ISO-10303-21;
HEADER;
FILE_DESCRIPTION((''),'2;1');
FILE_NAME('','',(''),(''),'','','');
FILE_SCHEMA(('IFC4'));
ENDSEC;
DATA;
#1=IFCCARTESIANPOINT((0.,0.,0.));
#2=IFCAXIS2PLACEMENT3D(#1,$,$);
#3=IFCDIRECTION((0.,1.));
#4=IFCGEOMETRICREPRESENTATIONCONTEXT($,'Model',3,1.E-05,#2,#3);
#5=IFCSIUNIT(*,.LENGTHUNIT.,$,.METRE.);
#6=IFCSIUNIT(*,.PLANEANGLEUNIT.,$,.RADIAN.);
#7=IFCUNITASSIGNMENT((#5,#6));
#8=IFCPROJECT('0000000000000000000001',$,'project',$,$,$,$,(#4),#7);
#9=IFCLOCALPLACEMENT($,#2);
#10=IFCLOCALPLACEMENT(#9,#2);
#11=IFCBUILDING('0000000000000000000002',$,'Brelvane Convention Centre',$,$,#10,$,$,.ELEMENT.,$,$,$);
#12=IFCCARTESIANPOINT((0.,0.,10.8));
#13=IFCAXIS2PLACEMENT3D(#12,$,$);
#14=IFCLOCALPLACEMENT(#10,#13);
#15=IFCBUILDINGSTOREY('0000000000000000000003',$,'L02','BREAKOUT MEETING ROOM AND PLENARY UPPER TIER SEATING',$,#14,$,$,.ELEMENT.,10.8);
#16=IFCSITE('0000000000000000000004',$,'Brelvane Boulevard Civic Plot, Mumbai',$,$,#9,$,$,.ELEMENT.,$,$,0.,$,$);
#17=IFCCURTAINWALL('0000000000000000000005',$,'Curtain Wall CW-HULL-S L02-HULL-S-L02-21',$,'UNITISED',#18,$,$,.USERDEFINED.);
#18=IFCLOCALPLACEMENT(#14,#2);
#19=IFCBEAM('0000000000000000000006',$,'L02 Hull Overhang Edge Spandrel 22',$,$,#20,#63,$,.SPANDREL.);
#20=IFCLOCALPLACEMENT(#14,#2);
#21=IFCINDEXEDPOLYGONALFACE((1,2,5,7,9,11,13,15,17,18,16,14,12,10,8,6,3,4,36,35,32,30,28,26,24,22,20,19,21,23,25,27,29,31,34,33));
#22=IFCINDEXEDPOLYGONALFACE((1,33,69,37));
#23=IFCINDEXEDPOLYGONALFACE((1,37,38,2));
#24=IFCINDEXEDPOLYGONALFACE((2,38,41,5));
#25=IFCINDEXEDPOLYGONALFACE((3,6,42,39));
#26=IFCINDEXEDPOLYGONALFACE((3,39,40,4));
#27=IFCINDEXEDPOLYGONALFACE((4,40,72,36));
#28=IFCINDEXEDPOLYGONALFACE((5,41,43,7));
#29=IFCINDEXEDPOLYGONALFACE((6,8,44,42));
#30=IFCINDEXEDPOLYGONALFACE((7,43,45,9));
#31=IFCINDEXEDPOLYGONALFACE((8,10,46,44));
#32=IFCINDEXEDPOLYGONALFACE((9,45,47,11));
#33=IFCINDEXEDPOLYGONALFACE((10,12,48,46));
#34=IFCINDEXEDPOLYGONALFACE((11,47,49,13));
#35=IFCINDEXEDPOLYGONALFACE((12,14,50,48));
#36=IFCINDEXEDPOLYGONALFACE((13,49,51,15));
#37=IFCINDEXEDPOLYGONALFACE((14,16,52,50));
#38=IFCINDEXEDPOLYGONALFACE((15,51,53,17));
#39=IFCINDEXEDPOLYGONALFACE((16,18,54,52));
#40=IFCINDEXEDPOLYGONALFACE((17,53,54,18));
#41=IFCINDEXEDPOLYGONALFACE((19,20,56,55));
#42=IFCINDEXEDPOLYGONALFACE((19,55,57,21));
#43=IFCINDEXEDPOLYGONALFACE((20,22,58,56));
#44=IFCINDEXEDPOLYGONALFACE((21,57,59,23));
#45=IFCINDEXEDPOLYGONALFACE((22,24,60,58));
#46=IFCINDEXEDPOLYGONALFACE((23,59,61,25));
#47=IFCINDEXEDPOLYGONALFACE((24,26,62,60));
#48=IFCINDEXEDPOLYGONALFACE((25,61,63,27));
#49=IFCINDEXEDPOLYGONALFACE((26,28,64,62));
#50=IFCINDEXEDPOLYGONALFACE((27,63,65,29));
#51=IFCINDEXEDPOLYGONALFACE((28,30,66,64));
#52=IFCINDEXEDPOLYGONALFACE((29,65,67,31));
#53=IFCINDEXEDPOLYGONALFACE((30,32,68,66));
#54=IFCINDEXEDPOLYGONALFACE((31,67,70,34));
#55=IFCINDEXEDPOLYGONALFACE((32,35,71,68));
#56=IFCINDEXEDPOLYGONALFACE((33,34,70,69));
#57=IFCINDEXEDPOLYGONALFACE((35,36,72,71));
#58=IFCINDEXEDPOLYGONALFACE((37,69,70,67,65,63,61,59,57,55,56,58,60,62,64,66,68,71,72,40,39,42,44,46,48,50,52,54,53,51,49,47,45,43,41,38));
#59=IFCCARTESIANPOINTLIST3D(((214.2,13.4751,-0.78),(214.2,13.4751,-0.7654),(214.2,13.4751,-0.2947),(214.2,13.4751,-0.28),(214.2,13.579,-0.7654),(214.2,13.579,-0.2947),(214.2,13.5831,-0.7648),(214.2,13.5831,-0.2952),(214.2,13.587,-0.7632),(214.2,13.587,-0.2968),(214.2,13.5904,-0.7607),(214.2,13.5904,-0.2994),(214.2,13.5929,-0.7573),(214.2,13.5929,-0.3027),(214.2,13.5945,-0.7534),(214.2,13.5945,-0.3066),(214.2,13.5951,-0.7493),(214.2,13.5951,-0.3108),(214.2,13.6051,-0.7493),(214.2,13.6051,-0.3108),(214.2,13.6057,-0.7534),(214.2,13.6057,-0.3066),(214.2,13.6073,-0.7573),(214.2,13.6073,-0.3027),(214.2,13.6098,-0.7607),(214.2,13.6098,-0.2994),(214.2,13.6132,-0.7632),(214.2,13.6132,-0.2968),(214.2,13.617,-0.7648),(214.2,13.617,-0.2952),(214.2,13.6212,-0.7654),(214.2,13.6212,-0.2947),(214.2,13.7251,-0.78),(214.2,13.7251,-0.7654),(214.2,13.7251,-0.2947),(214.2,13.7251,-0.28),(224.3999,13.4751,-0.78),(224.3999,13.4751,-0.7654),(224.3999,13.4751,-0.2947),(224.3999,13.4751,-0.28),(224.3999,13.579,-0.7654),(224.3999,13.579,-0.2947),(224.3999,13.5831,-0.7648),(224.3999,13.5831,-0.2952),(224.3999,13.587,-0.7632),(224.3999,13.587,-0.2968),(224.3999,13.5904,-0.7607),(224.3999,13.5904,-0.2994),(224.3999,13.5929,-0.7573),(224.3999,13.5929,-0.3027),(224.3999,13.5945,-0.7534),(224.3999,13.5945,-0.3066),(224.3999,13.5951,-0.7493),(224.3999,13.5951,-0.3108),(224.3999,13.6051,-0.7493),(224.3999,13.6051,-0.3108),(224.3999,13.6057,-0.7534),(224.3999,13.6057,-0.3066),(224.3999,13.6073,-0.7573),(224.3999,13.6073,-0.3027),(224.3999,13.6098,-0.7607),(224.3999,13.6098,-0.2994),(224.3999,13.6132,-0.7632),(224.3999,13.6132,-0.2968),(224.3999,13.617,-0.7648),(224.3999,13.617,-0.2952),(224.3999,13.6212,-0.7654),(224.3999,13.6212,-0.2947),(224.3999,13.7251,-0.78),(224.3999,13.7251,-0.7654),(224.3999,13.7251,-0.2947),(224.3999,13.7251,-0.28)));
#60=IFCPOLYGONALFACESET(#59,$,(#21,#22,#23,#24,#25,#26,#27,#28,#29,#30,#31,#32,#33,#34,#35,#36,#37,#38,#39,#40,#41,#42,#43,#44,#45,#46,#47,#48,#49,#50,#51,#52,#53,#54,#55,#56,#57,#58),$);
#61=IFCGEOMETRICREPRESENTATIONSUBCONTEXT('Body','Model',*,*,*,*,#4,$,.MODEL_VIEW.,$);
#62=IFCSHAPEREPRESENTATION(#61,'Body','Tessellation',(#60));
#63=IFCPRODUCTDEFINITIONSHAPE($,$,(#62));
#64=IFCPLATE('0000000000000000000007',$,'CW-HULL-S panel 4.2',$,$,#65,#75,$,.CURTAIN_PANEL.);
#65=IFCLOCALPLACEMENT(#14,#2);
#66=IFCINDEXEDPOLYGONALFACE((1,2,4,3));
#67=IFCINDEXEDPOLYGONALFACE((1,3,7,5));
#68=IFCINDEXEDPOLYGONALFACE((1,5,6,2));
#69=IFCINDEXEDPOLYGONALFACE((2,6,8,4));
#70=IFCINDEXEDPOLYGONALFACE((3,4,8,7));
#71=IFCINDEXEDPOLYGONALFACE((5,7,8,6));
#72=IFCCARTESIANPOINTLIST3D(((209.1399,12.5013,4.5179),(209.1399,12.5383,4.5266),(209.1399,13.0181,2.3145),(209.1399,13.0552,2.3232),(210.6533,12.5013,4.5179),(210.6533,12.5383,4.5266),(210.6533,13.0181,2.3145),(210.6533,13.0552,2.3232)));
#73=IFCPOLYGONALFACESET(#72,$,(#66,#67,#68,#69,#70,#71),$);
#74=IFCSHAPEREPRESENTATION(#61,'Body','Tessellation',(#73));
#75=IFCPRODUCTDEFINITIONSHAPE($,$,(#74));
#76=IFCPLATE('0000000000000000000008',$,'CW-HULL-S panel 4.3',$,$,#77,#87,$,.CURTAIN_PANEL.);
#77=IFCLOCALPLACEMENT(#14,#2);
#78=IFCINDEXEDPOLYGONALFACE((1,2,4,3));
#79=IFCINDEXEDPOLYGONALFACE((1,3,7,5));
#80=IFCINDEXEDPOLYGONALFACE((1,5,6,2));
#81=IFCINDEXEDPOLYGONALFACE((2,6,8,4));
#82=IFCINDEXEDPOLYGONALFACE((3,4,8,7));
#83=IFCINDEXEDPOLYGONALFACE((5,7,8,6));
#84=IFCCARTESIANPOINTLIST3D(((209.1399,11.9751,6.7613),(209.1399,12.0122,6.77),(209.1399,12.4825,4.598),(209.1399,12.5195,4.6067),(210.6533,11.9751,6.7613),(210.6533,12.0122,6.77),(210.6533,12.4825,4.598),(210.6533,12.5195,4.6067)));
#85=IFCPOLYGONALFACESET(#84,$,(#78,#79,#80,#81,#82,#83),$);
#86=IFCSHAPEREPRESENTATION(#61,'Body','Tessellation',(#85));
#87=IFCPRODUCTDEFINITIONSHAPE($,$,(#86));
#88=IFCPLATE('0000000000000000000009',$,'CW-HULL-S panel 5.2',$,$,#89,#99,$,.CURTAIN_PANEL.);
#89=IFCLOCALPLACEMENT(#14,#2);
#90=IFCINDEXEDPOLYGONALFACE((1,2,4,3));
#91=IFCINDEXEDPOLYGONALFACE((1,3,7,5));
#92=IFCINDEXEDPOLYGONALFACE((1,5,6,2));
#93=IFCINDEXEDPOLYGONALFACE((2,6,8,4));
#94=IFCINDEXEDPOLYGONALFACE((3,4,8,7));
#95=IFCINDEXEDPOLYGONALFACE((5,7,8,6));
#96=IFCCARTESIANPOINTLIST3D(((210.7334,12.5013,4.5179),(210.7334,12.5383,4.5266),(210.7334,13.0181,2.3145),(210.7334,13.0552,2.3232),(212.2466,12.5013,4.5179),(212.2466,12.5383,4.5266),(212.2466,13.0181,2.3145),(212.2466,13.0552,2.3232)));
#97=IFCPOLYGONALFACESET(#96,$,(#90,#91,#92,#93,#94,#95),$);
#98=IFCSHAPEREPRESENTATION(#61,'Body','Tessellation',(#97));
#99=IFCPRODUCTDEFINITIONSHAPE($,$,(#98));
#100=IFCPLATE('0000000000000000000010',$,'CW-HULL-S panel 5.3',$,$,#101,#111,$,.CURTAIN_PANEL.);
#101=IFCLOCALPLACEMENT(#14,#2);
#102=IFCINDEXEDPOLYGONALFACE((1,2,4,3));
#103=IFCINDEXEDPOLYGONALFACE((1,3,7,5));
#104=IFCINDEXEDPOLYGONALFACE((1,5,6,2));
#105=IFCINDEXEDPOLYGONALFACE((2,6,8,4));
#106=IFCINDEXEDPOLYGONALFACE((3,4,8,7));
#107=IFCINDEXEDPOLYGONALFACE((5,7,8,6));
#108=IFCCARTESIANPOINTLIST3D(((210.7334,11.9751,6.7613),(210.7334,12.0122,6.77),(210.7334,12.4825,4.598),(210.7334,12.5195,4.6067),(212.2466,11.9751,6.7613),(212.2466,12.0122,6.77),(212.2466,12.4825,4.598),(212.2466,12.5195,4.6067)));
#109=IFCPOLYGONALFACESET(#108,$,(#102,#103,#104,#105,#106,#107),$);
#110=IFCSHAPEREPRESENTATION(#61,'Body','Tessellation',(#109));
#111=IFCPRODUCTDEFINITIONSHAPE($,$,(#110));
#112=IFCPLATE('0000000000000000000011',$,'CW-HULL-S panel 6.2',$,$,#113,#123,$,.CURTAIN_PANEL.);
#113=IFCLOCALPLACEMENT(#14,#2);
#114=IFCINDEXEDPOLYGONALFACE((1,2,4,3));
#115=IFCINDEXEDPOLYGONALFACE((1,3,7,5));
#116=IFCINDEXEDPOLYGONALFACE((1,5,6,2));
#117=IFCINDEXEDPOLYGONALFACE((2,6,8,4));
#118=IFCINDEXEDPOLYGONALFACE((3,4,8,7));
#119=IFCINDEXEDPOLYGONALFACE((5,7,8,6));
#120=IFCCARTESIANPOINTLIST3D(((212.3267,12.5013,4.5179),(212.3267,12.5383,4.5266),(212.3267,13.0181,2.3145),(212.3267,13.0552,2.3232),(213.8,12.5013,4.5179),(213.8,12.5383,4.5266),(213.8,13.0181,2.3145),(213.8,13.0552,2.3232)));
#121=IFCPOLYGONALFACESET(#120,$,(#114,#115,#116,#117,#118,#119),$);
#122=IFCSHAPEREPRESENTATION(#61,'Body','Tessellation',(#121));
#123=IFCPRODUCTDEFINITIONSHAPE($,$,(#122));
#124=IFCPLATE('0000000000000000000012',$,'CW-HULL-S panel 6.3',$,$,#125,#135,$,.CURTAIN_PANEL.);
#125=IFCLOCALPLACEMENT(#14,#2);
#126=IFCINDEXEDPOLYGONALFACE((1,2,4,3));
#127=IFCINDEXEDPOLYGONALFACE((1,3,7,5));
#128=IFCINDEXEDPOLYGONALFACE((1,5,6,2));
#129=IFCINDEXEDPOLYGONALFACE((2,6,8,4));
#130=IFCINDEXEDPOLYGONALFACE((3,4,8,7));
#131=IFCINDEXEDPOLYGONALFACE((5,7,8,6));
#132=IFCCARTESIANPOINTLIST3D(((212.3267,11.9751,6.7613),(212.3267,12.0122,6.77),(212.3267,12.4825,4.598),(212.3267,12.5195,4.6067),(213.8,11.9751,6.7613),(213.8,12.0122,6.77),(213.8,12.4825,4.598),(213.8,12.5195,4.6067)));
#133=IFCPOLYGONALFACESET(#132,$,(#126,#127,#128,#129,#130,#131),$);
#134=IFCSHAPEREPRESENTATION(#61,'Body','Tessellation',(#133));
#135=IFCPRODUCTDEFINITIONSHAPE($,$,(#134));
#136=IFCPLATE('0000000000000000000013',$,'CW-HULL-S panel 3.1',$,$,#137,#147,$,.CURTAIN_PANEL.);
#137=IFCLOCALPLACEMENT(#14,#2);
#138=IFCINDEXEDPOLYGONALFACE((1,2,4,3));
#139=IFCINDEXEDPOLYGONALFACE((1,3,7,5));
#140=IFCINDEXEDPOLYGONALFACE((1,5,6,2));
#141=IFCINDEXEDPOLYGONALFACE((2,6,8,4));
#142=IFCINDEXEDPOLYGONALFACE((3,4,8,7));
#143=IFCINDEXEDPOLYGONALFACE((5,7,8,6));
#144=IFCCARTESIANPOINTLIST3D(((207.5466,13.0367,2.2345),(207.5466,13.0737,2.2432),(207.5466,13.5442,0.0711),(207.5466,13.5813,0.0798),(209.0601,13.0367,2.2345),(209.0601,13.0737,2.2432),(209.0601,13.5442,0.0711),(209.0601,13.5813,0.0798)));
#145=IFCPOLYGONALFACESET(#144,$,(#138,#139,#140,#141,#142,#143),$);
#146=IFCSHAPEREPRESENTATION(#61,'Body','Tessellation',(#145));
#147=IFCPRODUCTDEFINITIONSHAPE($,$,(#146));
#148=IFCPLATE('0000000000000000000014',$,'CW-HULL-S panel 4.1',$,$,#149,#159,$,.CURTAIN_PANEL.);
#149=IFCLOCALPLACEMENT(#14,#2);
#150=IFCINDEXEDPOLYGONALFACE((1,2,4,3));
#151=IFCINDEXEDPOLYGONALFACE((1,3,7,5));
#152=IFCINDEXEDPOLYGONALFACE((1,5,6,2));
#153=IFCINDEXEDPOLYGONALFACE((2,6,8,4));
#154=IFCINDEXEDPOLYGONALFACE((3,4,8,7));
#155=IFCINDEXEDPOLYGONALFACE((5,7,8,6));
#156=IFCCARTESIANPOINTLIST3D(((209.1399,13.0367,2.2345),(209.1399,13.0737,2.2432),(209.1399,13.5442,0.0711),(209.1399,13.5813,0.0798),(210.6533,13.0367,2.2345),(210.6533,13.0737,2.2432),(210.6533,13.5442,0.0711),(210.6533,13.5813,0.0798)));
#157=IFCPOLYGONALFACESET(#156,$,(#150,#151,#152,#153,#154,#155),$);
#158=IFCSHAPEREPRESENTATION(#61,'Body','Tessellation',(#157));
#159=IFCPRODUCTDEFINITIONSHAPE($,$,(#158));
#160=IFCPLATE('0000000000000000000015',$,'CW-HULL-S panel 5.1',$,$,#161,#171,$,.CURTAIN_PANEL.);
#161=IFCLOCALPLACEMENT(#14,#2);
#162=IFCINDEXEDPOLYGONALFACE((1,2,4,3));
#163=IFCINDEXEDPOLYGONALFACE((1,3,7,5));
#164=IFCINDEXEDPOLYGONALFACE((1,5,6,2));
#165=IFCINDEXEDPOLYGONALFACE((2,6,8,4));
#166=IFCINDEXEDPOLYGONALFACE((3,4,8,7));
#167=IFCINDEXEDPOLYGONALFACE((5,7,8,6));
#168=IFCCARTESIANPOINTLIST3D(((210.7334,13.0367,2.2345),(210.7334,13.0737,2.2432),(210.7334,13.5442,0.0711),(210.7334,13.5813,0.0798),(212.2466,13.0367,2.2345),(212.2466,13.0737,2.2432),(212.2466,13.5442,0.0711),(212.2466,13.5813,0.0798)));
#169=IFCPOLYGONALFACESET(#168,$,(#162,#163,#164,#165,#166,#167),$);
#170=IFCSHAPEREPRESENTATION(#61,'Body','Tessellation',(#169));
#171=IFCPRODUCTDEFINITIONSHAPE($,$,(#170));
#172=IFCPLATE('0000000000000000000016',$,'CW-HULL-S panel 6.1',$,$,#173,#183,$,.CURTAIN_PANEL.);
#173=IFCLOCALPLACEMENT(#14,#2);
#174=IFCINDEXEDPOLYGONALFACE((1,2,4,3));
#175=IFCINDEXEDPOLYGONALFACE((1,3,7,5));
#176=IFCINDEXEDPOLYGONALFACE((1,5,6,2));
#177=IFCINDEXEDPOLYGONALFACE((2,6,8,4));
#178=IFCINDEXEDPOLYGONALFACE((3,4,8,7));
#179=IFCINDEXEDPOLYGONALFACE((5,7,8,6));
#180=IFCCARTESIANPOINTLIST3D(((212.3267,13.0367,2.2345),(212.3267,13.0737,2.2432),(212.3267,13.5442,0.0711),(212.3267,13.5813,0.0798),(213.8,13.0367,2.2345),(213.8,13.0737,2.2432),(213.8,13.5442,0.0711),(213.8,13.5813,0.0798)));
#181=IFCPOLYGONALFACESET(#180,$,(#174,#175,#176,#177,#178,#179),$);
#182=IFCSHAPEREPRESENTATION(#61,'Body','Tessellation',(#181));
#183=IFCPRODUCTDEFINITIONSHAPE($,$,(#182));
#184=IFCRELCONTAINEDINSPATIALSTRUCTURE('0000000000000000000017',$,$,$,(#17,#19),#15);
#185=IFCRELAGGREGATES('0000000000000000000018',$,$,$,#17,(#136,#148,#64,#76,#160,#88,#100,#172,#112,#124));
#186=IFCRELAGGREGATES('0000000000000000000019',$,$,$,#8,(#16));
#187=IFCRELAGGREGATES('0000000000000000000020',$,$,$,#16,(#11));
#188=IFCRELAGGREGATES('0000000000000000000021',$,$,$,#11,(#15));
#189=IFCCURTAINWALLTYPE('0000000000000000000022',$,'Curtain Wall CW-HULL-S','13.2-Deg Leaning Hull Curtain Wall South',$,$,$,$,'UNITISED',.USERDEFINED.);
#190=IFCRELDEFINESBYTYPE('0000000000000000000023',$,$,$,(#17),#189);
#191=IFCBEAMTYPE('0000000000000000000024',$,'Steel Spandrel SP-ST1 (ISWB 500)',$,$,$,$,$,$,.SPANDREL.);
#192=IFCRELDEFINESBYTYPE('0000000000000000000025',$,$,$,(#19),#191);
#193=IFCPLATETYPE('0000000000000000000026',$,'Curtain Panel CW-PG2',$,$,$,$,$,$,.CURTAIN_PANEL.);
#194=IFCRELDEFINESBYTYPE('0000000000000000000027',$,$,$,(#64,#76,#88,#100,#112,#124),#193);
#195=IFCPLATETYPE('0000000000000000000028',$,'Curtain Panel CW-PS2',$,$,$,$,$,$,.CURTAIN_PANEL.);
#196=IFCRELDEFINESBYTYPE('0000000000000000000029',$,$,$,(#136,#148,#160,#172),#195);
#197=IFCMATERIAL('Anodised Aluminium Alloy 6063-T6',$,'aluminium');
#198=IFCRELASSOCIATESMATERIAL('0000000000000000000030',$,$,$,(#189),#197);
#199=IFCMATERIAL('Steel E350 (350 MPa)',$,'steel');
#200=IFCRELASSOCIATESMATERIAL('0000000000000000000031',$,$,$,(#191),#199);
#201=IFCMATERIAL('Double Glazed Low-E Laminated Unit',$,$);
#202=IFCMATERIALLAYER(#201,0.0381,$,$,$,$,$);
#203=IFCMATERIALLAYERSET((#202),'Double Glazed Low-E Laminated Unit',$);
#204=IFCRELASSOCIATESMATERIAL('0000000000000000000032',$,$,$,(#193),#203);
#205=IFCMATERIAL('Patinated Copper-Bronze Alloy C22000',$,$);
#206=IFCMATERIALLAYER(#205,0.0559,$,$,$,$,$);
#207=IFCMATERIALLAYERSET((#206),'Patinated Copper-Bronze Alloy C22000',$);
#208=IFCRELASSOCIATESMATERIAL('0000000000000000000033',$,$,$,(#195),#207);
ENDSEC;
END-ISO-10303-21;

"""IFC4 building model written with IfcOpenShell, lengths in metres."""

from ifc_helpers import new_model, si_unit, direction, frame, origin, origin_2d, place, context, subcontext, project, spatial, polyline, i_section, outline, extrude, material, layer, layer_set, material_profile, profile_set, type_object, element, aggregate, save


model = new_model("IFC4")

# Units and contexts
model_context = context("Model", 3, precision=1e-05, world=origin(), true_north=direction((0.0, 1.0)))
body_context = subcontext(model_context, "Body", "Model", "MODEL_VIEW")
ifc_project = project(units=[si_unit("LENGTHUNIT", "METRE"), si_unit("PLANEANGLEUNIT", "RADIAN")], contexts=[model_context])

# Site, building, storey
site_placement = place(None, origin())
site = spatial("IfcSite", under=ifc_project, at=site_placement, Name="Brelvane Boulevard Civic Plot, Mumbai", CompositionType="ELEMENT", RefElevation=0.0)
building_placement = place(site_placement, origin())
building = spatial("IfcBuilding", under=site, at=building_placement, Name="Brelvane Convention Centre", CompositionType="ELEMENT")
storey_placement = place(building_placement, frame((0.0, 0.0, 10.8)))
storey = spatial("IfcBuildingStorey", under=building, at=storey_placement, Name="L02", Description="BREAKOUT MEETING ROOM AND PLENARY UPPER TIER SEATING", CompositionType="ELEMENT", Elevation=10.8)

# Curtain wall
ifc_material_1 = material(Name="Anodised Aluminium Alloy 6063-T6", Category="aluminium")
curtain_wall_type = type_object("IfcCurtainWallType", Name="Curtain Wall CW-HULL-S", Description="13.2-Deg Leaning Hull Curtain Wall South", ElementType="UNITISED", PredefinedType="USERDEFINED", material=ifc_material_1)
curtain_wall_placement = place(storey_placement, origin())
curtain_wall = element("IfcCurtainWall", 1, at=curtain_wall_placement, inside=storey, type_object=curtain_wall_type, Name="Curtain Wall CW-HULL-S L02-HULL-S-L02-21", ObjectType="UNITISED", PredefinedType="USERDEFINED")

# Beam
ifc_material_2 = material(Name="Steel E350 (350 MPa)", Category="steel")
ifc_material_profile_1 = material_profile(ifc_material_2, i_section(OverallWidth=0.25, OverallDepth=0.5, WebThickness=0.01, FlangeThickness=0.0146, FilletRadius=0.0161, at=origin_2d()), Name="ISWB 500")
ifc_profile_set_1 = profile_set([ifc_material_profile_1], Name="Steel E350 (350 MPa)")
beam_type_1 = type_object("IfcBeamType", Name="Steel Spandrel SP-ST1 (ISWB 500)", PredefinedType="SPANDREL", material=ifc_profile_set_1)
beam_1_placement = place(storey_placement, frame((214.2, 13.6001, -0.53), z_axis=(1.0, 0.0, 0.0), x_axis=(0.0, 1.0, 0.0)))
element("IfcBeam", 2, at=beam_1_placement, inside=storey, type_object=beam_type_1, Name="L02 Hull Overhang Edge Spandrel 22", PredefinedType="SPANDREL", context=body_context, shape_type="SweptSolid", body=[
    extrude(i_section(OverallWidth=0.25, OverallDepth=0.5, WebThickness=0.01, FlangeThickness=0.0146, FilletRadius=0.0161, at=origin_2d()), origin(), (0.0, 0.0, 1.0), 10.2),
])

# Plates
ifc_material_3 = material(Name="Double Glazed Low-E Laminated Unit")
ifc_layer_1 = layer(ifc_material_3, 0.0381)
ifc_layer_set_1 = layer_set([ifc_layer_1], Name="Double Glazed Low-E Laminated Unit")
plate_type_1 = type_object("IfcPlateType", Name="Curtain Panel CW-PG2", PredefinedType="CURTAIN_PANEL", material=ifc_layer_set_1)
plate_1_placement = place(storey_placement, frame((209.1399, 13.0552, 2.3232), z_axis=(0.0, 0.973574, 0.228372), x_axis=(1.0, 0.0, 0.0)))
plate_1 = element("IfcPlate", 3, at=plate_1_placement, type_object=plate_type_1, Name="CW-HULL-S panel 4.2", PredefinedType="CURTAIN_PANEL", context=body_context, shape_type="SweptSolid", body=[
    extrude(outline(polyline([(0.0, 0.0), (1.5134, 0.0), (1.5134, -2.2632), (0.0, -2.2632), (0.0, 0.0)])), origin(), (0.0, 0.0, -1.0), 0.0381),
])
plate_2_placement = place(storey_placement, frame((209.1399, 12.5195, 4.6067), z_axis=(0.0, 0.973587, 0.228317), x_axis=(1.0, 0.0, 0.0)))
plate_2 = element("IfcPlate", 4, at=plate_2_placement, type_object=plate_type_1, Name="CW-HULL-S panel 4.3", PredefinedType="CURTAIN_PANEL", context=body_context, shape_type="SweptSolid", body=[
    extrude(outline(polyline([(0.0, 0.0), (1.5134, 0.0), (1.5134, -2.222), (0.0, -2.222), (0.0, 0.0)])), origin(), (0.0, 0.0, -1.0), 0.0381),
])
plate_3_placement = place(storey_placement, frame((210.7334, 13.0552, 2.3232), z_axis=(0.0, 0.973574, 0.228372), x_axis=(1.0, 0.0, 0.0)))
plate_3 = element("IfcPlate", 5, at=plate_3_placement, type_object=plate_type_1, Name="CW-HULL-S panel 5.2", PredefinedType="CURTAIN_PANEL", context=body_context, shape_type="SweptSolid", body=[
    extrude(outline(polyline([(0.0, 0.0), (1.5132, 0.0), (1.5132, -2.2632), (0.0, -2.2632), (0.0, 0.0)])), origin(), (0.0, 0.0, -1.0), 0.0381),
])
plate_4_placement = place(storey_placement, frame((210.7334, 12.5195, 4.6067), z_axis=(0.0, 0.973587, 0.228317), x_axis=(1.0, 0.0, 0.0)))
plate_4 = element("IfcPlate", 6, at=plate_4_placement, type_object=plate_type_1, Name="CW-HULL-S panel 5.3", PredefinedType="CURTAIN_PANEL", context=body_context, shape_type="SweptSolid", body=[
    extrude(outline(polyline([(0.0, 0.0), (1.5132, 0.0), (1.5132, -2.222), (0.0, -2.222), (0.0, 0.0)])), origin(), (0.0, 0.0, -1.0), 0.0381),
])
plate_5_placement = place(storey_placement, frame((212.3267, 13.0552, 2.3232), z_axis=(0.0, 0.973574, 0.228372), x_axis=(1.0, 0.0, 0.0)))
plate_5 = element("IfcPlate", 7, at=plate_5_placement, type_object=plate_type_1, Name="CW-HULL-S panel 6.2", PredefinedType="CURTAIN_PANEL", context=body_context, shape_type="SweptSolid", body=[
    extrude(outline(polyline([(0.0, 0.0), (1.4734, 0.0), (1.4734, -2.2632), (0.0, -2.2632), (0.0, 0.0)])), origin(), (0.0, 0.0, -1.0), 0.0381),
])
plate_6_placement = place(storey_placement, frame((212.3267, 12.5195, 4.6067), z_axis=(0.0, 0.973587, 0.228317), x_axis=(1.0, 0.0, 0.0)))
plate_6 = element("IfcPlate", 8, at=plate_6_placement, type_object=plate_type_1, Name="CW-HULL-S panel 6.3", PredefinedType="CURTAIN_PANEL", context=body_context, shape_type="SweptSolid", body=[
    extrude(outline(polyline([(0.0, 0.0), (1.4734, 0.0), (1.4734, -2.222), (0.0, -2.222), (0.0, 0.0)])), origin(), (0.0, 0.0, -1.0), 0.0381),
])
ifc_material_4 = material(Name="Patinated Copper-Bronze Alloy C22000")
ifc_layer_2 = layer(ifc_material_4, 0.0559)
ifc_layer_set_2 = layer_set([ifc_layer_2], Name="Patinated Copper-Bronze Alloy C22000")
plate_type_2 = type_object("IfcPlateType", Name="Curtain Panel CW-PS2", PredefinedType="CURTAIN_PANEL", material=ifc_layer_set_2)
plate_7_placement = place(storey_placement, frame((207.5466, 13.5813, 0.0798), z_axis=(0.0, 0.973563, 0.228421), x_axis=(1.0, 0.0, 0.0)))
plate_7 = element("IfcPlate", 9, at=plate_7_placement, type_object=plate_type_2, Name="CW-HULL-S panel 3.1", PredefinedType="CURTAIN_PANEL", context=body_context, shape_type="SweptSolid", body=[
    extrude(outline(polyline([(0.0, 0.0), (1.5134, 0.0), (1.5134, -2.2221), (0.0, -2.2221), (0.0, 0.0)])), origin(), (0.0, 0.0, -1.0), 0.0381),
])
plate_8_placement = place(storey_placement, frame((209.1399, 13.5813, 0.0798), z_axis=(0.0, 0.973563, 0.228421), x_axis=(1.0, 0.0, 0.0)))
plate_8 = element("IfcPlate", 10, at=plate_8_placement, type_object=plate_type_2, Name="CW-HULL-S panel 4.1", PredefinedType="CURTAIN_PANEL", context=body_context, shape_type="SweptSolid", body=[
    extrude(outline(polyline([(0.0, 0.0), (1.5134, 0.0), (1.5134, -2.2221), (0.0, -2.2221), (0.0, 0.0)])), origin(), (0.0, 0.0, -1.0), 0.0381),
])
plate_9_placement = place(storey_placement, frame((210.7334, 13.5813, 0.0798), z_axis=(0.0, 0.973563, 0.228421), x_axis=(1.0, 0.0, 0.0)))
plate_9 = element("IfcPlate", 11, at=plate_9_placement, type_object=plate_type_2, Name="CW-HULL-S panel 5.1", PredefinedType="CURTAIN_PANEL", context=body_context, shape_type="SweptSolid", body=[
    extrude(outline(polyline([(0.0, 0.0), (1.5132, 0.0), (1.5132, -2.2221), (0.0, -2.2221), (0.0, 0.0)])), origin(), (0.0, 0.0, -1.0), 0.0381),
])
plate_10_placement = place(storey_placement, frame((212.3267, 13.5813, 0.0798), z_axis=(0.0, 0.973563, 0.228421), x_axis=(1.0, 0.0, 0.0)))
plate_10 = element("IfcPlate", 12, at=plate_10_placement, type_object=plate_type_2, Name="CW-HULL-S panel 6.1", PredefinedType="CURTAIN_PANEL", context=body_context, shape_type="SweptSolid", body=[
    extrude(outline(polyline([(0.0, 0.0), (1.4734, 0.0), (1.4734, -2.2221), (0.0, -2.2221), (0.0, 0.0)])), origin(), (0.0, 0.0, -1.0), 0.0381),
])
aggregate(curtain_wall, [plate_7, plate_8, plate_1, plate_2, plate_9, plate_3, plate_4, plate_10, plate_5, plate_6])

save(model, "model.ifc")
